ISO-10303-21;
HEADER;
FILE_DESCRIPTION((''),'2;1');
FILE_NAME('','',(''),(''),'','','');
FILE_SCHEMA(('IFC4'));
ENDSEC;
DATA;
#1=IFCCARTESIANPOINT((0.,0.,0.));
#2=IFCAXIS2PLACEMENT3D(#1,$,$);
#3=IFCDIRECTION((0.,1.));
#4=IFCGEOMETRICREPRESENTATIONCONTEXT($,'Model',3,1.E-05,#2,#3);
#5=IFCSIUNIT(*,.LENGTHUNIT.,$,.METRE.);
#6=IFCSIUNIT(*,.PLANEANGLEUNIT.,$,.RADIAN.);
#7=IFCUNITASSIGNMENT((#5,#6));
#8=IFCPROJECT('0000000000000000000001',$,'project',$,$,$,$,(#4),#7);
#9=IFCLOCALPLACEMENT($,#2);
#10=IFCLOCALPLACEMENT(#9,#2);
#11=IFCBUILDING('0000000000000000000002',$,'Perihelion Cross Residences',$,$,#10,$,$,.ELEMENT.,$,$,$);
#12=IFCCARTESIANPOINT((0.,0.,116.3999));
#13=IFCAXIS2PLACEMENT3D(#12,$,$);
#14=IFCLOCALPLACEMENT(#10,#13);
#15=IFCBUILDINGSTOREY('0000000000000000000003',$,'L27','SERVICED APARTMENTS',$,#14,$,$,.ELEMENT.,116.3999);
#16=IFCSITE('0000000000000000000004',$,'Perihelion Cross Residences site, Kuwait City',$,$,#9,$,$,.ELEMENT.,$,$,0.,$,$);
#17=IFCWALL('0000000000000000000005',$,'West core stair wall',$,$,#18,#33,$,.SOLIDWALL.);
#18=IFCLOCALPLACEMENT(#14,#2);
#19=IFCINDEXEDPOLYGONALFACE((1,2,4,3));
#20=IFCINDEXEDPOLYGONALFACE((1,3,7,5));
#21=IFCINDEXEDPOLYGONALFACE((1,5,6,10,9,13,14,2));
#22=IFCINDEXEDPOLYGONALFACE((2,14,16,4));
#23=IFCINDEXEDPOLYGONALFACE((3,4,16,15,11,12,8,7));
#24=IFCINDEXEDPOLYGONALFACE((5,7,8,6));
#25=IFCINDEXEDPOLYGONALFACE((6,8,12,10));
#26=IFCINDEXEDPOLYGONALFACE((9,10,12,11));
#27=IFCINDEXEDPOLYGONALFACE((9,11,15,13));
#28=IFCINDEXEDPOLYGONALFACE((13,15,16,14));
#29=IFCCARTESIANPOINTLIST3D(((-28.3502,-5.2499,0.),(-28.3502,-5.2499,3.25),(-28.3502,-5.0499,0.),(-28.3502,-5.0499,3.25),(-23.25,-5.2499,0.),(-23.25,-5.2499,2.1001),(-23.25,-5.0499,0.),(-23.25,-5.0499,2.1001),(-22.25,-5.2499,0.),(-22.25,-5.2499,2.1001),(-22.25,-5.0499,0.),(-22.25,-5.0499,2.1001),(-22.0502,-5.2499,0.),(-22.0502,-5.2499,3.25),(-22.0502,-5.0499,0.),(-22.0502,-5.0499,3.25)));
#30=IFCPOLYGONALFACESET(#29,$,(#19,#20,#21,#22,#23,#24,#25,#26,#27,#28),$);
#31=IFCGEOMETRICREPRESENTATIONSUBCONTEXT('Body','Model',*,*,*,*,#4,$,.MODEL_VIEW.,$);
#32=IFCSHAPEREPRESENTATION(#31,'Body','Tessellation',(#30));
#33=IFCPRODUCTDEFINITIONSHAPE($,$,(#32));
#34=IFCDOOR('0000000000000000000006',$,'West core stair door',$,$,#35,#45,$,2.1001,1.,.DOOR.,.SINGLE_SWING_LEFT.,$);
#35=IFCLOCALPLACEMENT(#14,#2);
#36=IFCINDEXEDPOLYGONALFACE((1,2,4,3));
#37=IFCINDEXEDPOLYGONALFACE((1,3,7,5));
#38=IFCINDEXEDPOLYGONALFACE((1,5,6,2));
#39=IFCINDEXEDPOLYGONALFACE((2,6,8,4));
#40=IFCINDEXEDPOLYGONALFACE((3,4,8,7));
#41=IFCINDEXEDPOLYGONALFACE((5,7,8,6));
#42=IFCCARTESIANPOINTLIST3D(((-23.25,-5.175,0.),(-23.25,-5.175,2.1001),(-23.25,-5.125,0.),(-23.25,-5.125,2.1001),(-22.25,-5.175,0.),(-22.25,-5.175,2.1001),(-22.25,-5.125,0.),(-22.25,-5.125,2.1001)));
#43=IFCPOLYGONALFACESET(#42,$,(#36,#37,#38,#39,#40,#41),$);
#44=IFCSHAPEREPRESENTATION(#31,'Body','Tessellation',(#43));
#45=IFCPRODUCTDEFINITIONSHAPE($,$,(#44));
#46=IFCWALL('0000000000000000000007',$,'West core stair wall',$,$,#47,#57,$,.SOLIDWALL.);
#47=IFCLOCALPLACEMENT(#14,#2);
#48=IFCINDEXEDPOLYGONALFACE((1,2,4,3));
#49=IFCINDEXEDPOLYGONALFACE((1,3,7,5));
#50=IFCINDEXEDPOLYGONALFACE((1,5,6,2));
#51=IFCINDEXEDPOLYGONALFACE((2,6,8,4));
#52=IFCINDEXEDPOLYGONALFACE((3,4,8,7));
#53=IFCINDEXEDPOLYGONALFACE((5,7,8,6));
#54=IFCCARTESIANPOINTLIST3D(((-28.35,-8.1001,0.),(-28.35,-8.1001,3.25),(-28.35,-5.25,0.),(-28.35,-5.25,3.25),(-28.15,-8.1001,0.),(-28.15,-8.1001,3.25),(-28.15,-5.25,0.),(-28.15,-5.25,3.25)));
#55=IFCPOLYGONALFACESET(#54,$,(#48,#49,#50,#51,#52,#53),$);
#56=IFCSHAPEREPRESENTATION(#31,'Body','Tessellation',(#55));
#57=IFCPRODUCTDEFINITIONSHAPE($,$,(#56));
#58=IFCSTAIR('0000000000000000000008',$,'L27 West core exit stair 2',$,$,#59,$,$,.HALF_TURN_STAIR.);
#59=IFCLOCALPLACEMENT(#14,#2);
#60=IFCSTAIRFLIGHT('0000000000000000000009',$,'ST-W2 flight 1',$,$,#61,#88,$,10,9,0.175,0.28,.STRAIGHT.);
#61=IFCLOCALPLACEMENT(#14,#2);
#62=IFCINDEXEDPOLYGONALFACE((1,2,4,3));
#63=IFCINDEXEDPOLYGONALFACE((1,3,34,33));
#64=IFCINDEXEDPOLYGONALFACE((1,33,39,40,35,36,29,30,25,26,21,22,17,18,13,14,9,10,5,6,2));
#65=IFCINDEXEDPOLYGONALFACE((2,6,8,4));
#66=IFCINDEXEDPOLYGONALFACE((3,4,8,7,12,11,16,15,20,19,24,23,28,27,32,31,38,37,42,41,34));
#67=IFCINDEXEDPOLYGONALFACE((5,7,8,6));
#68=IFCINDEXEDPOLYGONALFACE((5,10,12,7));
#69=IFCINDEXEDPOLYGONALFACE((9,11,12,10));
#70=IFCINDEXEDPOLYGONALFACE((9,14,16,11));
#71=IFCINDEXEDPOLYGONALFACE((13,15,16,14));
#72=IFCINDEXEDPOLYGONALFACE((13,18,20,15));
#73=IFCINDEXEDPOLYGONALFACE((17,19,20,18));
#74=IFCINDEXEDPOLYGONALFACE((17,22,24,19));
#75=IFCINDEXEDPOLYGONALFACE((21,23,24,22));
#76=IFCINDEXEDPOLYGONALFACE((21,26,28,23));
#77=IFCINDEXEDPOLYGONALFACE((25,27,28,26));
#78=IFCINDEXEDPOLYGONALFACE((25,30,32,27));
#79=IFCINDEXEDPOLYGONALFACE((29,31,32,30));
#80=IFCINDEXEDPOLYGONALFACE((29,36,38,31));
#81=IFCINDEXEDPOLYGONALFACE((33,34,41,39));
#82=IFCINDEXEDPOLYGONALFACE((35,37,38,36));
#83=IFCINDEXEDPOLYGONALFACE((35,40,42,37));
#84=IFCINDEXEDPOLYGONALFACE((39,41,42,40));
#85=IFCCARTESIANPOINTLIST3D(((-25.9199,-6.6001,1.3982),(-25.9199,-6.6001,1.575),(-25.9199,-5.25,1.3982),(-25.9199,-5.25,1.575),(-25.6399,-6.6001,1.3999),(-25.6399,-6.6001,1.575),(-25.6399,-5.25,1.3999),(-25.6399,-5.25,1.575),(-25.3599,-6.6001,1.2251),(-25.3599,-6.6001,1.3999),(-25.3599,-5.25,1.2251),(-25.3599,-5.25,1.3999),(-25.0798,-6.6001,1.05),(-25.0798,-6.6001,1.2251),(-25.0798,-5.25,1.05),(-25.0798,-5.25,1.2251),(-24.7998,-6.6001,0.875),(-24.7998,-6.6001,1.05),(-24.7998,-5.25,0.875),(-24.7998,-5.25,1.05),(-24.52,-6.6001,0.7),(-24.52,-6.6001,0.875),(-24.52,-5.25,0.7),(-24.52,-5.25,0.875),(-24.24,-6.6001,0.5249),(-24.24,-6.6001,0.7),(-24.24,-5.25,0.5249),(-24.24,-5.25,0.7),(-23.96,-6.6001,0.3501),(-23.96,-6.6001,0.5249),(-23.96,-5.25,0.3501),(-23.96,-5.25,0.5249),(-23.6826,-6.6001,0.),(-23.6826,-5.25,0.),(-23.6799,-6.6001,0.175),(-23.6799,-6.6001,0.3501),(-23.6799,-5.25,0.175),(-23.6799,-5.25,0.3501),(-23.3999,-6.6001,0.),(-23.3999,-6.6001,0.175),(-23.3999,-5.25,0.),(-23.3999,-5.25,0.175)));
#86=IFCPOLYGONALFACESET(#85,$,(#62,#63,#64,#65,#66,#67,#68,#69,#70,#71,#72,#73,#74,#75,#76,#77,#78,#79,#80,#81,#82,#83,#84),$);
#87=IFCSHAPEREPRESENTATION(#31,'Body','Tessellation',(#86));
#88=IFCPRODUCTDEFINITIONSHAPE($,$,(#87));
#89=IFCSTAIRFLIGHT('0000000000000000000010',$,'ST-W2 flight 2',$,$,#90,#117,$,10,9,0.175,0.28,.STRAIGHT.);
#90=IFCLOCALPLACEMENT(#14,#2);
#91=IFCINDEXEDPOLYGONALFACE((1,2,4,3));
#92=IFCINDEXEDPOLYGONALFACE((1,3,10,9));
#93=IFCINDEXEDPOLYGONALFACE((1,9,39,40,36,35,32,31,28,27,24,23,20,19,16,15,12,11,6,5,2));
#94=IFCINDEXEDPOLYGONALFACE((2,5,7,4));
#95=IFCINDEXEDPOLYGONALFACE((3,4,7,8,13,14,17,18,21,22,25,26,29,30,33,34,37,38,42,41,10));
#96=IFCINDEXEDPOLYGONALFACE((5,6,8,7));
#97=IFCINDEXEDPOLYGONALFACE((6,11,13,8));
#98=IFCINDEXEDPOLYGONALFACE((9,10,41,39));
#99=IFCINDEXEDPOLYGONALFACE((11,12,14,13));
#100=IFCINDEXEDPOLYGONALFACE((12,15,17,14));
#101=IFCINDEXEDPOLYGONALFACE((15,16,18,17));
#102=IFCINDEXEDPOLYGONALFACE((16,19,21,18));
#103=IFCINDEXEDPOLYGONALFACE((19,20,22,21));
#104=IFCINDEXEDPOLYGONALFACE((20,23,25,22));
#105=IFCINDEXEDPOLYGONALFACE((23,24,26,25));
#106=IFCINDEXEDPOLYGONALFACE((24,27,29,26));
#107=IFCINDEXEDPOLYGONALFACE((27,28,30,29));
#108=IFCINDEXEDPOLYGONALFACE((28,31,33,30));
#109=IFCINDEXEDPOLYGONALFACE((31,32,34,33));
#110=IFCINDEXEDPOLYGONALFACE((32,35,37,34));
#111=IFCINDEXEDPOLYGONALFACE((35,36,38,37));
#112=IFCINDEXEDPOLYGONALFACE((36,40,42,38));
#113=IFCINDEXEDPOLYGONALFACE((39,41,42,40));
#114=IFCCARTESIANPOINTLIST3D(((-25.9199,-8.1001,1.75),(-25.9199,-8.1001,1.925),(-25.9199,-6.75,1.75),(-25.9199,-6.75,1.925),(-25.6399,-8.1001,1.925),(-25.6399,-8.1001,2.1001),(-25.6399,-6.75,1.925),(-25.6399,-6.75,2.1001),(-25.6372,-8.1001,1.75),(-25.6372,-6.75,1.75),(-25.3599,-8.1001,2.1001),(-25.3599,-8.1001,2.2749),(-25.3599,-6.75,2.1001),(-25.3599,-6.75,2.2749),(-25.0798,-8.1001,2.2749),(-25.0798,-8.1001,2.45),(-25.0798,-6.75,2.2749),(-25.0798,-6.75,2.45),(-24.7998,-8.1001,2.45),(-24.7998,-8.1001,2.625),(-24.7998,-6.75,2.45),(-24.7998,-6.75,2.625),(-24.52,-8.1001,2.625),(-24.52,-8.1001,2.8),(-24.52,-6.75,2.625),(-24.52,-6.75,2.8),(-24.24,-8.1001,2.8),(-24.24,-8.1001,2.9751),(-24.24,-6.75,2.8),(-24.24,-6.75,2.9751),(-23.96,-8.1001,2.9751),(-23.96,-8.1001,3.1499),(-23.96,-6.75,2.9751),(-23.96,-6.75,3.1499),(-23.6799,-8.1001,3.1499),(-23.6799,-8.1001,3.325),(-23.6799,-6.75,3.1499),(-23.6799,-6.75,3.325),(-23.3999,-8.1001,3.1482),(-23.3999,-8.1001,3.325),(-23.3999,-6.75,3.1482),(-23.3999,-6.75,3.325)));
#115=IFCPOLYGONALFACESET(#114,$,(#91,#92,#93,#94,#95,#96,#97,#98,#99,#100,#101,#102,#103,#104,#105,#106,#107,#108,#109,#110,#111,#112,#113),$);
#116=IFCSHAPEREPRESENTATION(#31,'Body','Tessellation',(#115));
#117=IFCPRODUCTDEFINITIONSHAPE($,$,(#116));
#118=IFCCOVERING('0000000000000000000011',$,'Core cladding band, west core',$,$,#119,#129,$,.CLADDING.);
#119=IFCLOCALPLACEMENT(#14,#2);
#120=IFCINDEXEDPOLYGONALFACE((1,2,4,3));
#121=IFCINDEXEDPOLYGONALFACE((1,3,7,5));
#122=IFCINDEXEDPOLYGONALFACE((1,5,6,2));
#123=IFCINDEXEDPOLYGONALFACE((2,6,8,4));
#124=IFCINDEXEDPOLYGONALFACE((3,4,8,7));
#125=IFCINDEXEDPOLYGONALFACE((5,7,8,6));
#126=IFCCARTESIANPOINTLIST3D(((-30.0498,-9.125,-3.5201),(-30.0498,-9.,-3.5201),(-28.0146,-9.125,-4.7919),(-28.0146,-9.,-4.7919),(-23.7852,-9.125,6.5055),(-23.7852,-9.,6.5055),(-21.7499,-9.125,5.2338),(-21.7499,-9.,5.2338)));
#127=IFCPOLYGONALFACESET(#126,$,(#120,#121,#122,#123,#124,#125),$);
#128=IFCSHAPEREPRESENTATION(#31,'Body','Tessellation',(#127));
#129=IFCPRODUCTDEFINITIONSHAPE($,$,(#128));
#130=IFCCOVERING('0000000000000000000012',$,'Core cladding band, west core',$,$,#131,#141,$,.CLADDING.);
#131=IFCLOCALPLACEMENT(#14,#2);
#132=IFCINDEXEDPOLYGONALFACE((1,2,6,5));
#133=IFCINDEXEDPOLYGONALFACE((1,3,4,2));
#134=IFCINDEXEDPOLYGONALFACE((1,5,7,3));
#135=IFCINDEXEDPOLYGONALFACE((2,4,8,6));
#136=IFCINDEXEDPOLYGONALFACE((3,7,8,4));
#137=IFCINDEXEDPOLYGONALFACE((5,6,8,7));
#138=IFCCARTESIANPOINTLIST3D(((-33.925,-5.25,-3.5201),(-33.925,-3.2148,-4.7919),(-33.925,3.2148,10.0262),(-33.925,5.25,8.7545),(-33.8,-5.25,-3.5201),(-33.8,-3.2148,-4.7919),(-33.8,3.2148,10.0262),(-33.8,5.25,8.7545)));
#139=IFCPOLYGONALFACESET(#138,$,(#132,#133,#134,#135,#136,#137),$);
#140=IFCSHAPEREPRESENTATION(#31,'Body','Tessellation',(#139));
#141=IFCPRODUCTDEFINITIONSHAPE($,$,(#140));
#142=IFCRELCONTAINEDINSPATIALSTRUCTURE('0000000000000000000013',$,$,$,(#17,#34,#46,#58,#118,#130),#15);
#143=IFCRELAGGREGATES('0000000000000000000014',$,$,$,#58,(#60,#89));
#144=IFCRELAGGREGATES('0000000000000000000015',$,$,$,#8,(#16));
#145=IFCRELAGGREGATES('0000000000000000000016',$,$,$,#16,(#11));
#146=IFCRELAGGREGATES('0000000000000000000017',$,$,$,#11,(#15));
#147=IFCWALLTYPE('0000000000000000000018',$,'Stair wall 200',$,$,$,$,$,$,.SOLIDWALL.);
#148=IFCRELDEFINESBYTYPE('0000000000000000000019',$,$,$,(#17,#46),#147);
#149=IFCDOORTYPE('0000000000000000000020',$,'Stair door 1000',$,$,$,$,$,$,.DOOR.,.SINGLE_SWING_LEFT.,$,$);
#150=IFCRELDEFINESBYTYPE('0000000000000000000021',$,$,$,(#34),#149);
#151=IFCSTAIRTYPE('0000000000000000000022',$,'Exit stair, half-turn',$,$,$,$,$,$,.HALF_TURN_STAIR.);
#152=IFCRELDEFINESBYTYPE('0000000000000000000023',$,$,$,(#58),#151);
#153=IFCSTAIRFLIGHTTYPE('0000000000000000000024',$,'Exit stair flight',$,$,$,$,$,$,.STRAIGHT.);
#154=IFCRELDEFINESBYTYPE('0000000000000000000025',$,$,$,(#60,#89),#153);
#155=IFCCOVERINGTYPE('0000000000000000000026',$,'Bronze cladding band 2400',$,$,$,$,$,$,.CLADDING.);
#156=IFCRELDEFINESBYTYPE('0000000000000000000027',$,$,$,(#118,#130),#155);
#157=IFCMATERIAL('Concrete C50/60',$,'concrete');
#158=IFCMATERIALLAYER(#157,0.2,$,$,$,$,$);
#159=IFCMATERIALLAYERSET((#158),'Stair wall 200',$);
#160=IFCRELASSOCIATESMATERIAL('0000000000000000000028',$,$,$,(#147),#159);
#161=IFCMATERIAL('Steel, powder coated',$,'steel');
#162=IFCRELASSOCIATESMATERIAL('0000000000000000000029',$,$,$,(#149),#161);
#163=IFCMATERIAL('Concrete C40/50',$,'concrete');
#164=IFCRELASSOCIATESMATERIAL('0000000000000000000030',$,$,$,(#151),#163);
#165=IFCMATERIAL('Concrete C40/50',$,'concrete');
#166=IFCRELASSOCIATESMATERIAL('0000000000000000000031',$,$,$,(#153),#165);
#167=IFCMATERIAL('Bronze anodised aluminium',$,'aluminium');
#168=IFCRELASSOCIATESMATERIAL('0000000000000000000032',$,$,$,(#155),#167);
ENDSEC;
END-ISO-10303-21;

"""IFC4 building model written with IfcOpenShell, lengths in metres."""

from ifc_helpers import new_model, si_unit, direction, frame, frame_2d, origin, origin_2d, place, context, subcontext, project, spatial, polyline, rectangle, outline, extrude, material, layer, layer_set, material_profile, profile_set, type_object, element, fill, aggregate, save


model = new_model("IFC4")

# Units and contexts
model_context = context("Model", 3, precision=1e-05, world=origin(), true_north=direction((0.0, 1.0)))
body_context = subcontext(model_context, "Body", "Model", "MODEL_VIEW")
ifc_project = project(units=[si_unit("LENGTHUNIT", "METRE"), si_unit("PLANEANGLEUNIT", "RADIAN")], contexts=[model_context])

# Site, building, storey
site_placement = place(None, origin())
site = spatial("IfcSite", under=ifc_project, at=site_placement, Name="Perihelion Cross Residences site, Kuwait City", CompositionType="ELEMENT", RefElevation=0.0)
building_placement = place(site_placement, origin())
building = spatial("IfcBuilding", under=site, at=building_placement, Name="Perihelion Cross Residences", CompositionType="ELEMENT")
storey_placement = place(building_placement, frame((0.0, 0.0, 116.3999)))
storey = spatial("IfcBuildingStorey", under=building, at=storey_placement, Name="L27", Description="SERVICED APARTMENTS", CompositionType="ELEMENT", Elevation=116.3999)

# Wall, opening, door
ifc_material_1 = material(Name="Concrete C50/60", Category="concrete")
ifc_layer_1 = layer(ifc_material_1, 0.2)
ifc_layer_set_1 = layer_set([ifc_layer_1], Name="Stair wall 200")
wall_type_1 = type_object("IfcWallType", Name="Stair wall 200", PredefinedType="SOLIDWALL", material=ifc_layer_set_1)
wall_1_placement = place(storey_placement, frame((-28.3501, -5.1499, 0.0), z_axis=(0.0, 0.0, 1.0), x_axis=(1.0, 0.0, 0.0)))
wall_1 = element("IfcWall", 1, at=wall_1_placement, inside=storey, type_object=wall_type_1, Name="West core stair wall", PredefinedType="SOLIDWALL", context=body_context, shape_type="SweptSolid", body=[
    extrude(rectangle(XDim=6.3, YDim=0.2, at=frame_2d((3.1499, 0.0))), origin(), (0.0, 0.0, 1.0), 3.25),
])
opening_1_placement = place(wall_1_placement, frame((5.1001, 0.0, 0.0)))
opening_1 = element("IfcOpeningElement", 2, at=opening_1_placement, cuts=wall_1, PredefinedType="OPENING", context=body_context, shape_type="SweptSolid", body=[
    extrude(rectangle(XDim=1.0, YDim=2.1001, at=frame_2d((0.5, 1.05))), frame((0.0, 0.1099, 0.0), z_axis=(0.0, -1.0, 0.0), x_axis=(1.0, 0.0, 0.0)), (0.0, 0.0, 1.0), 0.22),
])
ifc_material_2 = material(Name="Steel, powder coated", Category="steel")
door_type_1 = type_object("IfcDoorType", Name="Stair door 1000", OperationType="SINGLE_SWING_LEFT", PredefinedType="DOOR", material=ifc_material_2)
door_1_placement = place(opening_1_placement, origin())
door_1 = element("IfcDoor", 3, at=door_1_placement, inside=storey, type_object=door_type_1, Name="West core stair door", OperationType="SINGLE_SWING_LEFT", OverallHeight=2.1001, OverallWidth=1.0, PredefinedType="DOOR", context=body_context, shape_type="SweptSolid", body=[
    extrude(rectangle(XDim=1.0, YDim=2.1001, at=frame_2d((0.5, 1.05))), frame((0.0, 0.0249, 0.0), z_axis=(0.0, -1.0, 0.0), x_axis=(1.0, 0.0, 0.0)), (0.0, 0.0, 1.0), 0.05),
])
fill(opening_1, door_1)

# Wall
wall_2_placement = place(storey_placement, frame((-28.25, -8.1001, 0.0), z_axis=(0.0, 0.0, 1.0), x_axis=(0.0, 1.0, 0.0)))
element("IfcWall", 4, at=wall_2_placement, inside=storey, type_object=wall_type_1, Name="West core stair wall", PredefinedType="SOLIDWALL", context=body_context, shape_type="SweptSolid", body=[
    extrude(rectangle(XDim=2.8501, YDim=0.2, at=frame_2d((1.425, 0.0))), origin(), (0.0, 0.0, 1.0), 3.25),
])

# Stair, stair flights
ifc_material_3 = material(Name="Concrete C40/50", Category="concrete")
stair_type = type_object("IfcStairType", Name="Exit stair, half-turn", PredefinedType="HALF_TURN_STAIR", material=ifc_material_3)
stair_placement = place(storey_placement, origin())
stair = element("IfcStair", 5, at=stair_placement, inside=storey, type_object=stair_type, Name="L27 West core exit stair 2", PredefinedType="HALF_TURN_STAIR")
ifc_material_4 = material(Name="Concrete C40/50", Category="concrete")
stair_flight_type = type_object("IfcStairFlightType", Name="Exit stair flight", PredefinedType="STRAIGHT", material=ifc_material_4)
stair_flight_1_placement = place(storey_placement, frame((-23.3999, -5.925, 0.0), z_axis=(0.0, 0.0, 1.0), x_axis=(-1.0, 0.0, 0.0)))
stair_flight_1 = element("IfcStairFlight", 6, at=stair_flight_1_placement, type_object=stair_flight_type, Name="ST-W2 flight 1", NumberOfRisers=10, NumberOfTreads=9, PredefinedType="STRAIGHT", RiserHeight=0.175, TreadLength=0.28, context=body_context, shape_type="SweptSolid", body=[
    extrude(outline(polyline([(0.0, 0.0), (0.0, 0.175), (0.28, 0.175), (0.28, 0.3501), (0.5601, 0.3501), (0.5601, 0.5249), (0.8401, 0.5249), (0.8401, 0.7), (1.1201, 0.7), (1.1201, 0.875), (1.3999, 0.875), (1.3999, 1.05), (1.6799, 1.05), (1.6799, 1.2251), (1.96, 1.2251), (1.96, 1.3999), (2.24, 1.3999), (2.24, 1.575), (2.52, 1.575), (2.52, 1.75), (2.52, 1.3982), (0.2827, 0.0), (0.0, 0.0)])), frame((0.0, 0.675, 0.0), z_axis=(0.0, -1.0, 0.0), x_axis=(1.0, 0.0, 0.0)), (0.0, 0.0, 1.0), 1.3501),
])
stair_flight_2_placement = place(storey_placement, frame((-25.9199, -7.425, 1.75), z_axis=(0.0, 0.0, 1.0), x_axis=(1.0, 0.0, 0.0)))
stair_flight_2 = element("IfcStairFlight", 7, at=stair_flight_2_placement, type_object=stair_flight_type, Name="ST-W2 flight 2", NumberOfRisers=10, NumberOfTreads=9, PredefinedType="STRAIGHT", RiserHeight=0.175, TreadLength=0.28, context=body_context, shape_type="SweptSolid", body=[
    extrude(outline(polyline([(0.0, 0.0), (0.0, 0.175), (0.28, 0.175), (0.28, 0.3501), (0.5601, 0.3501), (0.5601, 0.5249), (0.8401, 0.5249), (0.8401, 0.7), (1.1201, 0.7), (1.1201, 0.875), (1.3999, 0.875), (1.3999, 1.05), (1.6799, 1.05), (1.6799, 1.2251), (1.96, 1.2251), (1.96, 1.3999), (2.24, 1.3999), (2.24, 1.575), (2.52, 1.575), (2.52, 1.75), (2.52, 1.3982), (0.2827, 0.0), (0.0, 0.0)])), frame((0.0, 0.675, 0.0), z_axis=(0.0, -1.0, 0.0), x_axis=(1.0, 0.0, 0.0)), (0.0, 0.0, 1.0), 1.3501),
])
aggregate(stair, [stair_flight_1, stair_flight_2])

# Coverings
ifc_material_5 = material(Name="Bronze anodised aluminium", Category="aluminium")
ifc_material_profile_1 = material_profile(ifc_material_5, rectangle(XDim=0.125, YDim=2.3999, at=origin_2d()), Name="Bronze cladding band 2400")
ifc_profile_set_1 = profile_set([ifc_material_profile_1], Name="Bronze anodised aluminium")
covering_type = type_object("IfcCoveringType", Name="Bronze cladding band 2400", PredefinedType="CLADDING", material=ifc_profile_set_1)
covering_1_placement = place(storey_placement, frame((-29.0322, -9.0625, -4.156), z_axis=(0.529915, 0.0, 0.848051), x_axis=(0.0, 1.0, 0.0)))
element("IfcCovering", 8, at=covering_1_placement, inside=storey, type_object=covering_type, Name="Core cladding band, west core", PredefinedType="CLADDING", context=body_context, shape_type="SweptSolid", body=[
    extrude(rectangle(XDim=0.125, YDim=2.3999, at=origin_2d()), origin(), (0.0, 0.0, 1.0), 11.822),
])
covering_2_placement = place(storey_placement, frame((-33.8625, -4.2324, -4.156), z_axis=(0.0, 0.529925, 0.848045), x_axis=(-1.0, 0.0, 0.0)))
element("IfcCovering", 9, at=covering_2_placement, inside=storey, type_object=covering_type, Name="Core cladding band, west core", PredefinedType="CLADDING", context=body_context, shape_type="SweptSolid", body=[
    extrude(rectangle(XDim=0.125, YDim=2.3999, at=origin_2d()), origin(), (0.0, 0.0, 1.0), 15.9736),
])

save(model, "model.ifc")
